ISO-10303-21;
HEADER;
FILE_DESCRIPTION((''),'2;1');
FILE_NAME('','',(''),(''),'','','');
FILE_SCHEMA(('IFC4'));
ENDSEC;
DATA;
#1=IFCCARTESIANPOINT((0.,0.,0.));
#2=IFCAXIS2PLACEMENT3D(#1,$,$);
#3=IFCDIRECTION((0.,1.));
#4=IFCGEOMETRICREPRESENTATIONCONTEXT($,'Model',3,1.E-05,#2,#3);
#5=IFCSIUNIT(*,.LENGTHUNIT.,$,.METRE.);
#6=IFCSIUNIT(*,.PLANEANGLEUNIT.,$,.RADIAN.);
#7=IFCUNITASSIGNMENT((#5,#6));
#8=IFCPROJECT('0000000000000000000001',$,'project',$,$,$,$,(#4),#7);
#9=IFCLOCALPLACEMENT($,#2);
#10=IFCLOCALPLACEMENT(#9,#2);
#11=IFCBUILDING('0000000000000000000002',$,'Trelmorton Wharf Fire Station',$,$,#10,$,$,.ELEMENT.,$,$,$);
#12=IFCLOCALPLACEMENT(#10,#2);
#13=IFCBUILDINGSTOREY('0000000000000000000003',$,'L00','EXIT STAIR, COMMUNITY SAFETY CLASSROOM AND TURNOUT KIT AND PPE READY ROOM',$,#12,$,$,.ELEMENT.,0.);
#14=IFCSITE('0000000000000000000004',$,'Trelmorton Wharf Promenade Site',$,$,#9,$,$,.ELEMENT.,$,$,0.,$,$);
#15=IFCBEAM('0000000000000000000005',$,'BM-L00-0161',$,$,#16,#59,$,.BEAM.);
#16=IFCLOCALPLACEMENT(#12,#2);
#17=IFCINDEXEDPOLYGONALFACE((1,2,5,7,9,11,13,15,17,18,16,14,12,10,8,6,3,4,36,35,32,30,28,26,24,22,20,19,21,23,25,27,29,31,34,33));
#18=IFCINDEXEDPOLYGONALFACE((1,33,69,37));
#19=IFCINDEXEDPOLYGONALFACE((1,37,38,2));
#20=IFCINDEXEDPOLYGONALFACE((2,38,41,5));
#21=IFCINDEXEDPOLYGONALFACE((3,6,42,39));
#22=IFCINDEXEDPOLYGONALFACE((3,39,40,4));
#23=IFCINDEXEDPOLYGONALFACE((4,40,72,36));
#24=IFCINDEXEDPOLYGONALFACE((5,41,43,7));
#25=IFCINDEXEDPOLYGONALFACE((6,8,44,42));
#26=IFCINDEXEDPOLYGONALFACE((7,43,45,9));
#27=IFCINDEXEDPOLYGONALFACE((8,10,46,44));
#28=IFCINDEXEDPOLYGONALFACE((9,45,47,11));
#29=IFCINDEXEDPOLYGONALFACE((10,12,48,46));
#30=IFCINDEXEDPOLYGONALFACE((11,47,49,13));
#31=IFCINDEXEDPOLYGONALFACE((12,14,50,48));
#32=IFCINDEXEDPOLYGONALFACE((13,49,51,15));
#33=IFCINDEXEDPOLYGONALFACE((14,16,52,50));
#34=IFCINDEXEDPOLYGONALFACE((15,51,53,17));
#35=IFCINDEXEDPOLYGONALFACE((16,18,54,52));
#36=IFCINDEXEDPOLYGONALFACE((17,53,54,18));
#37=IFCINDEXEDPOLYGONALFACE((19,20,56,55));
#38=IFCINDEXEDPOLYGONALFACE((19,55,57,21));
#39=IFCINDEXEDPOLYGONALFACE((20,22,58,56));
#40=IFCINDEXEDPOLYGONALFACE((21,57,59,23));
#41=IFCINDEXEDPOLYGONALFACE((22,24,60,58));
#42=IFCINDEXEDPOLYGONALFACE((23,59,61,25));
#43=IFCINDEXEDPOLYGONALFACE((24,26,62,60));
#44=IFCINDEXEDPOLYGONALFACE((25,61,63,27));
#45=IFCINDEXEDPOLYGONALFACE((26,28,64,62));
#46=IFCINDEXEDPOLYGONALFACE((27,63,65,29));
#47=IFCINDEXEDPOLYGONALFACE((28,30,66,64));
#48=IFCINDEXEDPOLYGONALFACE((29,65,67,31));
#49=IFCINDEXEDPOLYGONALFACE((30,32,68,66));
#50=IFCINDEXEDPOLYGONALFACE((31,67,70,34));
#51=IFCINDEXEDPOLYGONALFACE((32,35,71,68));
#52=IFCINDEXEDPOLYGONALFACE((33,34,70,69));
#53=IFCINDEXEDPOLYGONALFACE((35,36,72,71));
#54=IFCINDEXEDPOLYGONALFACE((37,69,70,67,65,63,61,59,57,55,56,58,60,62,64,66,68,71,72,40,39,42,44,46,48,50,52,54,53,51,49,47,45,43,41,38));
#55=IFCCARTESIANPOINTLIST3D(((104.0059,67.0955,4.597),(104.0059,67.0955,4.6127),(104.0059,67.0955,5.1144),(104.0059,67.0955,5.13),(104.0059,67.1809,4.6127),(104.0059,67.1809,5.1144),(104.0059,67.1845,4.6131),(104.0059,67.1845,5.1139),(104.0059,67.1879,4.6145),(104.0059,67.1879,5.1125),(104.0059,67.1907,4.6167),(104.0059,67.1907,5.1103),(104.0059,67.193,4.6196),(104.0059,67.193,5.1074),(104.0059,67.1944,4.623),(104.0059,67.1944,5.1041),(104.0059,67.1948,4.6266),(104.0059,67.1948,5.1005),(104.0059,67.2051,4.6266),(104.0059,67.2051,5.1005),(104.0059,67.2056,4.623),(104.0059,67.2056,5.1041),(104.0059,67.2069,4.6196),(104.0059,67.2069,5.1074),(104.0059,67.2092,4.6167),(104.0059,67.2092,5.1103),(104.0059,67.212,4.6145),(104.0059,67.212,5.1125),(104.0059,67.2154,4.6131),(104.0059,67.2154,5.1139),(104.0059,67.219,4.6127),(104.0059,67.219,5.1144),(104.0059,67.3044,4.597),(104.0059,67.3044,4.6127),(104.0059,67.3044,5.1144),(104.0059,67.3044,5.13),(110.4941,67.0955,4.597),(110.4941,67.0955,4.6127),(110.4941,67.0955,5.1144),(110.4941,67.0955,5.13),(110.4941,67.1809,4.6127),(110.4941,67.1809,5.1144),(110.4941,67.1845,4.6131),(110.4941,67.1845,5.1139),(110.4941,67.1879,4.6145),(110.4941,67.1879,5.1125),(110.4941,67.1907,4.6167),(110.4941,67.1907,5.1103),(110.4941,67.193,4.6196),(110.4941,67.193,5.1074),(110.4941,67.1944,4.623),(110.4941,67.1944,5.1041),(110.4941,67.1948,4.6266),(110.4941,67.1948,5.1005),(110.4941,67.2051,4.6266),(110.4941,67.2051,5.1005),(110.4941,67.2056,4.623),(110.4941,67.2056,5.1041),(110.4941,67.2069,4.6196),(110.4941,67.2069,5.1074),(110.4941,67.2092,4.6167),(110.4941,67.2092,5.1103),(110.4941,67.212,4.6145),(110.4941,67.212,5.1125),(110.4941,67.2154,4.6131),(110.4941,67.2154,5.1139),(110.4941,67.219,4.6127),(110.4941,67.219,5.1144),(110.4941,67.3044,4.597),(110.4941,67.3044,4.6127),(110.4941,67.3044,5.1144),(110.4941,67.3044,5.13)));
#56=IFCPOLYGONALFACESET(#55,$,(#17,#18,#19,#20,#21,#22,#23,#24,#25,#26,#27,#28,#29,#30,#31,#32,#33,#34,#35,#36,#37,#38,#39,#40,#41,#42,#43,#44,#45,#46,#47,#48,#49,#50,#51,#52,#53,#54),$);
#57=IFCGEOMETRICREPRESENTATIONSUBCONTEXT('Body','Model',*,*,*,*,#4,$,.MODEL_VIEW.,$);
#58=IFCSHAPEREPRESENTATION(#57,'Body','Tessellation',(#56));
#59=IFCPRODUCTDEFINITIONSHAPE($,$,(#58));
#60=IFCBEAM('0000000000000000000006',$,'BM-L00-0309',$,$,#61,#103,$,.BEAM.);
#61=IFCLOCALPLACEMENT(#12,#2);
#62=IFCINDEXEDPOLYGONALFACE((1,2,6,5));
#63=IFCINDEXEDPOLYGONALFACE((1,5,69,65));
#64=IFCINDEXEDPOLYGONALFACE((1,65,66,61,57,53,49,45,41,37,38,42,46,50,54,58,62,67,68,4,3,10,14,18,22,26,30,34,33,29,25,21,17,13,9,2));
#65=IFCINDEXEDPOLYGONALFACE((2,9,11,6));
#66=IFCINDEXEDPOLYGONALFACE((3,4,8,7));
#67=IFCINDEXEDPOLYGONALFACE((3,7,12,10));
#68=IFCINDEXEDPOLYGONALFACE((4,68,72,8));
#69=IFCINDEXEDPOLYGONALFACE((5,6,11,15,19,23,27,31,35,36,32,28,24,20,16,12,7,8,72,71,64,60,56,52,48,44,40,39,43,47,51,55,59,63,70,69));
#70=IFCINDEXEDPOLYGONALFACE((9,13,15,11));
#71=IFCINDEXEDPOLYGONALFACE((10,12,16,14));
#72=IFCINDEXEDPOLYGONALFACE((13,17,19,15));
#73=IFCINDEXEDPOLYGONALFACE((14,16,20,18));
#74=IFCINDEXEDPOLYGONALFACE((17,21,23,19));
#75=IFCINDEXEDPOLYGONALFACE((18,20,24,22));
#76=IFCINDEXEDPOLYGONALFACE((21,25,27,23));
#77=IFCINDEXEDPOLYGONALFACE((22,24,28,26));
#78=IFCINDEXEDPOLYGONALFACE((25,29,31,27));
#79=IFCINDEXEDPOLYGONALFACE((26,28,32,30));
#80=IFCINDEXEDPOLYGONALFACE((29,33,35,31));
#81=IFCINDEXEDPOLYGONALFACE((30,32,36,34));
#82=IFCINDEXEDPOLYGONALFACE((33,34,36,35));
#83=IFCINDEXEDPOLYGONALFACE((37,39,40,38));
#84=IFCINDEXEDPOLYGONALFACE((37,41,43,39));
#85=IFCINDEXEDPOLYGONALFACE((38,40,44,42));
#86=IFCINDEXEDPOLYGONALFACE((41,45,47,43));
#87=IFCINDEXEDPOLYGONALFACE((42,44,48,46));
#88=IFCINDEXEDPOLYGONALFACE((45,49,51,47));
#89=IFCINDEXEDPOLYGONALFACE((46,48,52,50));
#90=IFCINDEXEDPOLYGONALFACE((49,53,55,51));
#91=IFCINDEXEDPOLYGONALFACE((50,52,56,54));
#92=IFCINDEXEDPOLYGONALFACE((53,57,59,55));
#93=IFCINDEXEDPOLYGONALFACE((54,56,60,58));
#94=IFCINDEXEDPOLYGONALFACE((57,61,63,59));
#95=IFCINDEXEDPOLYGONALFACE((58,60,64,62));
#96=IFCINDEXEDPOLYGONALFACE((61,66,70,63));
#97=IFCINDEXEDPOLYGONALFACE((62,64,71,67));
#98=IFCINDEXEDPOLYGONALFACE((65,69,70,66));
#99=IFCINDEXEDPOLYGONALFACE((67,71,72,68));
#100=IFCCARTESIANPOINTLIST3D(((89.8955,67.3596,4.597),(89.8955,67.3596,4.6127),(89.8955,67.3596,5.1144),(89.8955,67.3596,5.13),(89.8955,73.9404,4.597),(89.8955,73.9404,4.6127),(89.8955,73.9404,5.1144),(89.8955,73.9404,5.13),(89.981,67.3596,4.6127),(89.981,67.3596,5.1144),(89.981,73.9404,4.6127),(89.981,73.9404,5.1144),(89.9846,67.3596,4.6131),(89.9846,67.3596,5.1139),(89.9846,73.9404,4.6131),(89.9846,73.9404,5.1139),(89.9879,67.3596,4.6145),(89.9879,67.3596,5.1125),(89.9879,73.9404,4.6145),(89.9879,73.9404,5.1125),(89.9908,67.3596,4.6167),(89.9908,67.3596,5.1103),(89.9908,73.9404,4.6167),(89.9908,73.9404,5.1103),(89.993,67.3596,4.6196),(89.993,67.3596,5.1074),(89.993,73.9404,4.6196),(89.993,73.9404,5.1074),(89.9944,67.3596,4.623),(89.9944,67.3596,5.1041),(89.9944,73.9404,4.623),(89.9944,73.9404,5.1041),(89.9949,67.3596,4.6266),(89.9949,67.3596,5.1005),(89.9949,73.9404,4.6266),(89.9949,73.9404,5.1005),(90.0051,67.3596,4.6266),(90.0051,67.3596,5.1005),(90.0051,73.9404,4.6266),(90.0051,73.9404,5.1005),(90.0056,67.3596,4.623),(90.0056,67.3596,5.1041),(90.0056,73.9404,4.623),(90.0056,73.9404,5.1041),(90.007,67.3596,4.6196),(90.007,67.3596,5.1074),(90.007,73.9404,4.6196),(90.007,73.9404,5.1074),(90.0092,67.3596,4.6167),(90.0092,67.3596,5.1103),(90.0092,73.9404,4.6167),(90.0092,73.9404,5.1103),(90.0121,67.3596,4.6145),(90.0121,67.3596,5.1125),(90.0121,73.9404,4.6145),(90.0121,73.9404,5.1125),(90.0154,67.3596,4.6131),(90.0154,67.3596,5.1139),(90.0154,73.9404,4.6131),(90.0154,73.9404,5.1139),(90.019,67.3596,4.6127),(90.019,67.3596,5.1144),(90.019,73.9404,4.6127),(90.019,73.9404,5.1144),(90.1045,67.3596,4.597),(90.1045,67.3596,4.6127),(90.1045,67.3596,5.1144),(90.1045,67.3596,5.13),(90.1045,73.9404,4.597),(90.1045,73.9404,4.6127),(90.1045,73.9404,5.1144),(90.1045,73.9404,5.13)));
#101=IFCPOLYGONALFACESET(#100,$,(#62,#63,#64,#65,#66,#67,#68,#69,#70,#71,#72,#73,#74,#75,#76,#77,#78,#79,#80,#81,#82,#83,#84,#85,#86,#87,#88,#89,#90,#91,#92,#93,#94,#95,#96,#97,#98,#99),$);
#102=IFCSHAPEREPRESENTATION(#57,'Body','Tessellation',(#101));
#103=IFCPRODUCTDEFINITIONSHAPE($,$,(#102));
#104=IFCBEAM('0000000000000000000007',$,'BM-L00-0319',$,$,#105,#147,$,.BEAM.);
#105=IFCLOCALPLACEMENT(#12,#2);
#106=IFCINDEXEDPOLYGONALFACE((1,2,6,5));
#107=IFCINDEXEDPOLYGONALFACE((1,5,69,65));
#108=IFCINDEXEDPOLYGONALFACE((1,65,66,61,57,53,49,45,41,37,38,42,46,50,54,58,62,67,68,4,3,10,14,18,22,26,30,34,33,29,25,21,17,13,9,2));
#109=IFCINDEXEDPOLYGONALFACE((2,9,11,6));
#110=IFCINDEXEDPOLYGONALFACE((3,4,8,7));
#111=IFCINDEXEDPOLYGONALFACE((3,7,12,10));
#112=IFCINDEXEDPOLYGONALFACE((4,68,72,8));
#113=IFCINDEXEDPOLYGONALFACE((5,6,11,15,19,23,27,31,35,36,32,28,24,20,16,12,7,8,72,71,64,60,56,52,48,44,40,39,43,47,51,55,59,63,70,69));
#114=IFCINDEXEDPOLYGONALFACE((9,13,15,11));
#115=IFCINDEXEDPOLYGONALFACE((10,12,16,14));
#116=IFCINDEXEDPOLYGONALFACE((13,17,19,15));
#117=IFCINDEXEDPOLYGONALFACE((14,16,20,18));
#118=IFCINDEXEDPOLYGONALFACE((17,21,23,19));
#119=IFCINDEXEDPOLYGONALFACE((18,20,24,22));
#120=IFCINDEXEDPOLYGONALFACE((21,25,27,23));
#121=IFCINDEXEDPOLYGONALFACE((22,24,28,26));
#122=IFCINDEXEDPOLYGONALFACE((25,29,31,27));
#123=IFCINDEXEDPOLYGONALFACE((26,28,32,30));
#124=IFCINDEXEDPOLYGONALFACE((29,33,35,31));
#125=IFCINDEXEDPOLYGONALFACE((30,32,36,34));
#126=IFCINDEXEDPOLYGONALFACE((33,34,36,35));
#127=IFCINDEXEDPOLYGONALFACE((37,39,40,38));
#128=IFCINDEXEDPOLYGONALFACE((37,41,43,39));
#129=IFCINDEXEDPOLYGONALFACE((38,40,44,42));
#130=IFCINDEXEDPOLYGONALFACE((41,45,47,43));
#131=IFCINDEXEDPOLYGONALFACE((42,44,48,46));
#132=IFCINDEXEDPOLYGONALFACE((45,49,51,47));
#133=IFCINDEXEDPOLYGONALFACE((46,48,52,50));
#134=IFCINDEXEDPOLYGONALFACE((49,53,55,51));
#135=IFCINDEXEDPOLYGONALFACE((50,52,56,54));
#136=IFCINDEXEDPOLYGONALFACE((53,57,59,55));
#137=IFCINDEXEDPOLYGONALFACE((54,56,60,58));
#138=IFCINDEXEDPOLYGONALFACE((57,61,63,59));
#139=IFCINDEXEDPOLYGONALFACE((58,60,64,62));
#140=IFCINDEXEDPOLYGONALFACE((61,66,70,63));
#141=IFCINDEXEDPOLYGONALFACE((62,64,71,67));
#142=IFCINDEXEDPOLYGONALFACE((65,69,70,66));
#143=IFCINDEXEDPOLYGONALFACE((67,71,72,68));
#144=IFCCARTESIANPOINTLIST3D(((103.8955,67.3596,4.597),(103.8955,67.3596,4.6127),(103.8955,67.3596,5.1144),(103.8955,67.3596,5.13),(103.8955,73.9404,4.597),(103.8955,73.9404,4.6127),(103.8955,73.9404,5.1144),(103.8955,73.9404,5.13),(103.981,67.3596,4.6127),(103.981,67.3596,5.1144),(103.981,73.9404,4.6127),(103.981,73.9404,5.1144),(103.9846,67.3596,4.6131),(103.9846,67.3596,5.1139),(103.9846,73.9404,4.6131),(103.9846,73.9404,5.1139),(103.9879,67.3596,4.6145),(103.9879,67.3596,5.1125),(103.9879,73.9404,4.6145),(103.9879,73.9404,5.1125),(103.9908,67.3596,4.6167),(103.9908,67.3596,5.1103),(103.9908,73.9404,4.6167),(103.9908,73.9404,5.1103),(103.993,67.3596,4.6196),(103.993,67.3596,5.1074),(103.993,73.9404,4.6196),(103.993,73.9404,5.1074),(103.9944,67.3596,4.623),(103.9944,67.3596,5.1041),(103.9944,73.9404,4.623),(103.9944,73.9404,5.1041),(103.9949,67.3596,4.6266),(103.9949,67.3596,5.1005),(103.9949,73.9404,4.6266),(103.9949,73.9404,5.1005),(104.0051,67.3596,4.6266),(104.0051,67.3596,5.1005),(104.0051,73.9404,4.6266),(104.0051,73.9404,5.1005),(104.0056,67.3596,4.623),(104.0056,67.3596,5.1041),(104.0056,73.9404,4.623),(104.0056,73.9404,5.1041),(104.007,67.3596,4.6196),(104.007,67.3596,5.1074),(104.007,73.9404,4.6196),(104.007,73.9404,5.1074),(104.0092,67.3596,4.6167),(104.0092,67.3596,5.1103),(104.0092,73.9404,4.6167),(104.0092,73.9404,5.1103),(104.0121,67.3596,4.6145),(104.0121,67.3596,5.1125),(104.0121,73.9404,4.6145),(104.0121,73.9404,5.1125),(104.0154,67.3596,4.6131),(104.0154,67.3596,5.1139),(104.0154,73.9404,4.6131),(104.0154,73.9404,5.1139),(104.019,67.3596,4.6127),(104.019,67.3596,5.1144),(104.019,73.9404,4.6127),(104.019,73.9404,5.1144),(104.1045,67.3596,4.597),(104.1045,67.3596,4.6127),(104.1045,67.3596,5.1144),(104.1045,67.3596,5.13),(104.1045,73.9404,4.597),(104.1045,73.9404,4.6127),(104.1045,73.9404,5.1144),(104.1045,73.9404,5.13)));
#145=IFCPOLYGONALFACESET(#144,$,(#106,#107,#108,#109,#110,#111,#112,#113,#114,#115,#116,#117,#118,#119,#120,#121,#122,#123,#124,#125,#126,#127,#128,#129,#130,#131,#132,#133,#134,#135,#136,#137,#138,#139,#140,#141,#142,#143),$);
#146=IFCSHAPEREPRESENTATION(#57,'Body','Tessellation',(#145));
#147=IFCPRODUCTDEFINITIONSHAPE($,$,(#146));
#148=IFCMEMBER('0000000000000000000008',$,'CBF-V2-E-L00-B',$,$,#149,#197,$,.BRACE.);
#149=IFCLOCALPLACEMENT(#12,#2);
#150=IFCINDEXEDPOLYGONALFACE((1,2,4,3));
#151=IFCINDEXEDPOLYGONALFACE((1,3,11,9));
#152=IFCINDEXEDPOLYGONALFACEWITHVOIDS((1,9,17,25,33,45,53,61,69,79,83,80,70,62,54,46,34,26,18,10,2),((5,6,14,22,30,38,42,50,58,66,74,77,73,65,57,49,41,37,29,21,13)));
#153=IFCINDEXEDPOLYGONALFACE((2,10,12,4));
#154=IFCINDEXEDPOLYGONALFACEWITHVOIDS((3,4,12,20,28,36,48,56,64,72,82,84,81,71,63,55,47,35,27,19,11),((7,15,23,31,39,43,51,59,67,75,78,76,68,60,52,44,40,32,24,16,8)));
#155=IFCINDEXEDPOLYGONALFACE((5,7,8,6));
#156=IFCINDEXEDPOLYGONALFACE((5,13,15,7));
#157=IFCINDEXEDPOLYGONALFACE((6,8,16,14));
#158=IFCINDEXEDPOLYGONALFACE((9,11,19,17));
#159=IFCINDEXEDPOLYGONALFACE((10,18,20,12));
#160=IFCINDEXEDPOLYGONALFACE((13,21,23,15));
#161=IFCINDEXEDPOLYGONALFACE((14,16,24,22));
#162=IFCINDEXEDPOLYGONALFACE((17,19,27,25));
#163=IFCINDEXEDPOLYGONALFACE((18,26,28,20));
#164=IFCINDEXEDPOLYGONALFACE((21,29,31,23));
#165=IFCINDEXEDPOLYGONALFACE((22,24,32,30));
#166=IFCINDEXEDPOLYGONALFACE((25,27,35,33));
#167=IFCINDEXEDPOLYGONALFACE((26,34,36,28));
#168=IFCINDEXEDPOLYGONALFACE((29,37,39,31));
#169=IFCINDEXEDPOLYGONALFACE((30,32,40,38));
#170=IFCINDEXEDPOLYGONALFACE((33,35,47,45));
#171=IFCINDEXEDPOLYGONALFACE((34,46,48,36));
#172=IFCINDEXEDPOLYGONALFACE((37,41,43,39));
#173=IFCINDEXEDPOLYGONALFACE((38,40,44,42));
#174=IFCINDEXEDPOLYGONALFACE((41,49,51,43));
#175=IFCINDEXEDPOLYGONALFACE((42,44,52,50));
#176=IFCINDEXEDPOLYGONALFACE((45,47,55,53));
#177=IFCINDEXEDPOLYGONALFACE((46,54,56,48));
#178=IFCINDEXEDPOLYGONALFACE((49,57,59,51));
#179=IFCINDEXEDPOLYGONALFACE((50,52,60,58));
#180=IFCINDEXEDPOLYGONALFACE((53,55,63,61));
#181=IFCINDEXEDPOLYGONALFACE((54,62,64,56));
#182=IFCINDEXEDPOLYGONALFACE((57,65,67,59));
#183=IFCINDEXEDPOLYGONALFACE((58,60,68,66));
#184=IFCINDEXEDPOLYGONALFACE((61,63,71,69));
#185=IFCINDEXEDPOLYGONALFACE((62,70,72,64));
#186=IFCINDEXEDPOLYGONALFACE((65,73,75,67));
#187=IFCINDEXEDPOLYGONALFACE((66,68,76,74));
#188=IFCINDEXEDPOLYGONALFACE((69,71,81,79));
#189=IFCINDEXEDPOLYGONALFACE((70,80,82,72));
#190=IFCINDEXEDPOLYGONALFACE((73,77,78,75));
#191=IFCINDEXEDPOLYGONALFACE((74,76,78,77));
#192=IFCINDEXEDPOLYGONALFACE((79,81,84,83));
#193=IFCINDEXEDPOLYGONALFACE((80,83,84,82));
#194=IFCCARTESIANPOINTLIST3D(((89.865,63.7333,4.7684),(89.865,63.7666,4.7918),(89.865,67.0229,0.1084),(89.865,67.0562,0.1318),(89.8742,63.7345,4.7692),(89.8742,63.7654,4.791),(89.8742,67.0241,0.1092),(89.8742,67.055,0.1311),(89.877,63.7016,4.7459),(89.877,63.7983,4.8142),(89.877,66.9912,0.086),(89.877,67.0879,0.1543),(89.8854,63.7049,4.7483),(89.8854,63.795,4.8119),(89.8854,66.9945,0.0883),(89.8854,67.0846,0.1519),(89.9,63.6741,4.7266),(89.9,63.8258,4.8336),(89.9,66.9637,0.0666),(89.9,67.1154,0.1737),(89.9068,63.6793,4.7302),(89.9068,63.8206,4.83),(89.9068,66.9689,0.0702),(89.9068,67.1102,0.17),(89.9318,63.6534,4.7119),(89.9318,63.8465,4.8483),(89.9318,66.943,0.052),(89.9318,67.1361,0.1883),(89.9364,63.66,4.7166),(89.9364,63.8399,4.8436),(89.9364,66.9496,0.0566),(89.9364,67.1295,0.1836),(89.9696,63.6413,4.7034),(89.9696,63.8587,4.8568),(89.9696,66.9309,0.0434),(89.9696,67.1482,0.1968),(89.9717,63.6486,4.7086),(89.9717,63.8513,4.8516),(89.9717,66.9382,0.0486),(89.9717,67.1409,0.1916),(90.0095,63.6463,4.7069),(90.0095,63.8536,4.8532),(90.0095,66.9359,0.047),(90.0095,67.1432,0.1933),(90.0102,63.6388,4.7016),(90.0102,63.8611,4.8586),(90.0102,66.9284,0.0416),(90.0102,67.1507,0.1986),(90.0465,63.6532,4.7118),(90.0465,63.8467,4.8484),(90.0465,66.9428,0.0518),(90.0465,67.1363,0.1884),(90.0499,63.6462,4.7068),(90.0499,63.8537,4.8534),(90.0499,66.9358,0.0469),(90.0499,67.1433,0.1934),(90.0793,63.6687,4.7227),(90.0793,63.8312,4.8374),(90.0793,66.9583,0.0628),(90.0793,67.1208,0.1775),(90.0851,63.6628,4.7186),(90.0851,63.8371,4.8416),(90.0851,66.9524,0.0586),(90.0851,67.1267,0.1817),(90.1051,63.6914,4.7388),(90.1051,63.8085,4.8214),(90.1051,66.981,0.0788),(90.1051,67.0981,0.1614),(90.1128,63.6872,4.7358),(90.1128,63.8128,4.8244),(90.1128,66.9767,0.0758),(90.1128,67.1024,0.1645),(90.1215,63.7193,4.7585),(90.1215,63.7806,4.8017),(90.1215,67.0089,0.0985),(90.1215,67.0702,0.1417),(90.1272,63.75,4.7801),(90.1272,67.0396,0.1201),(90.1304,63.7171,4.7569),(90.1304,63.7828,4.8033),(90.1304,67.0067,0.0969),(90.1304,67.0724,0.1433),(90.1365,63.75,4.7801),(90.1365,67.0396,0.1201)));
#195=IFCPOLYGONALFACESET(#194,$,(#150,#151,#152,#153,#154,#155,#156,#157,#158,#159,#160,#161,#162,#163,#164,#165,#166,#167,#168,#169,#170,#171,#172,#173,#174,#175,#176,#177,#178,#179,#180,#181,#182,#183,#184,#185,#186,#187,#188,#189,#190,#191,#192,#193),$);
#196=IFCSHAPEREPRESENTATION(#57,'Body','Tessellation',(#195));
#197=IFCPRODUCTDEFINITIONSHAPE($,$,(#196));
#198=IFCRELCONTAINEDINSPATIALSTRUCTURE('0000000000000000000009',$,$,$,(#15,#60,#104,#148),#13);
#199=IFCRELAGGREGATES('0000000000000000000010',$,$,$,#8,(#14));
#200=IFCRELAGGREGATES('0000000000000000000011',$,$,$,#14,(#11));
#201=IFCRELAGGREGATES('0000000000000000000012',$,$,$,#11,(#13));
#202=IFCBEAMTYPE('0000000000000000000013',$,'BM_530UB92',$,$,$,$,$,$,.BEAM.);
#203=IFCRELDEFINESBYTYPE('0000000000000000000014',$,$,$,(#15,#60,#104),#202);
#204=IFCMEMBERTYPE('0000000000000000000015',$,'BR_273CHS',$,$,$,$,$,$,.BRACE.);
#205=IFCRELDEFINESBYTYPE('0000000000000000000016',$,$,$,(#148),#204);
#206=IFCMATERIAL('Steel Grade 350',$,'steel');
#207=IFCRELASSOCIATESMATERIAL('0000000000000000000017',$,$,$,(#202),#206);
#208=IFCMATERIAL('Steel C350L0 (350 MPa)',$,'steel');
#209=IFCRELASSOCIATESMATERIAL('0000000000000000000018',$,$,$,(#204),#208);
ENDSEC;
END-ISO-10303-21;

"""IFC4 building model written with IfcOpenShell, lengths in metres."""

from ifc_helpers import new_model, si_unit, direction, frame, origin, origin_2d, place, context, subcontext, project, spatial, hollow_circle, i_section, extrude, material, material_profile, profile_set, type_object, element, save


model = new_model("IFC4")

# Units and contexts
model_context = context("Model", 3, precision=1e-05, world=origin(), true_north=direction((0.0, 1.0)))
body_context = subcontext(model_context, "Body", "Model", "MODEL_VIEW")
ifc_project = project(units=[si_unit("LENGTHUNIT", "METRE"), si_unit("PLANEANGLEUNIT", "RADIAN")], contexts=[model_context])

# Site, building, storey
site_placement = place(None, origin())
site = spatial("IfcSite", under=ifc_project, at=site_placement, Name="Trelmorton Wharf Promenade Site", CompositionType="ELEMENT", RefElevation=0.0)
building_placement = place(site_placement, origin())
building = spatial("IfcBuilding", under=site, at=building_placement, Name="Trelmorton Wharf Fire Station", CompositionType="ELEMENT")
storey_placement = place(building_placement, origin())
storey = spatial("IfcBuildingStorey", under=building, at=storey_placement, Name="L00", Description="EXIT STAIR, COMMUNITY SAFETY CLASSROOM AND TURNOUT KIT AND PPE READY ROOM", CompositionType="ELEMENT", Elevation=0.0)

# Shared definitions
ifc_material_1 = material(Name="Steel Grade 350", Category="steel")

# Beams
ifc_material_profile_1 = material_profile(ifc_material_1, i_section(OverallWidth=0.209, OverallDepth=0.533, WebThickness=0.0103, FlangeThickness=0.0156, FilletRadius=0.0139, at=origin_2d()), Name="530UB92.4")
ifc_profile_set_1 = profile_set([ifc_material_profile_1], Name="Steel Grade 350")
beam_type = type_object("IfcBeamType", Name="BM_530UB92", PredefinedType="BEAM", material=ifc_profile_set_1)
beam_placement = place(storey_placement, frame((104.0059, 67.2, 4.8635), z_axis=(1.0, 0.0, 0.0), x_axis=(0.0, 1.0, 0.0)))
element("IfcBeam", 1, at=beam_placement, inside=storey, type_object=beam_type, Name="BM-L00-0161", PredefinedType="BEAM", context=body_context, shape_type="SweptSolid", body=[
    extrude(i_section(OverallWidth=0.209, OverallDepth=0.533, WebThickness=0.0103, FlangeThickness=0.0156, FilletRadius=0.0139, at=origin_2d()), origin(), (0.0, 0.0, 1.0), 6.4883),
])
for number, where, z_axis, x_axis, name in (
    (2, (90.0, 67.3596, 4.8635), (0.0, 1.0, 0.0), (-1.0, 0.0, 0.0), "BM-L00-0309"),
    (3, (104.0, 67.3596, 4.8635), (0.0, 1.0, 0.0), (-1.0, 0.0, 0.0), "BM-L00-0319"),
):
    element("IfcBeam", number, at=place(storey_placement, frame(where, z_axis=z_axis, x_axis=x_axis)), inside=storey, type_object=beam_type, Name=name, PredefinedType="BEAM", context=body_context, shape_type="SweptSolid", body=[
        extrude(i_section(OverallWidth=0.209, OverallDepth=0.533, WebThickness=0.0103, FlangeThickness=0.0156, FilletRadius=0.0139, at=origin_2d()), origin(), (0.0, 0.0, 1.0), 6.5808),
    ])

# Member
ifc_material_2 = material(Name="Steel C350L0 (350 MPa)", Category="steel")
ifc_material_profile_2 = material_profile(ifc_material_2, hollow_circle(Radius=0.1365, WallThickness=0.0093, at=origin_2d()), Name="273.1x9.3CHS")
ifc_profile_set_2 = profile_set([ifc_material_profile_2], Name="Steel C350L0 (350 MPa)")
member_type = type_object("IfcMemberType", Name="BR_273CHS", PredefinedType="BRACE", material=ifc_profile_set_2)
for number, where, z_axis, x_axis, name in (
    (4, (90.0, 67.0396, 0.1201), (0.0, -0.576707, 0.816951), (1.0, 0.0, 0.0), "CBF-V2-E-L00-B"),
):
    element("IfcMember", number, at=place(storey_placement, frame(where, z_axis=z_axis, x_axis=x_axis)), inside=storey, type_object=member_type, Name=name, PredefinedType="BRACE", context=body_context, shape_type="SweptSolid", body=[
        extrude(hollow_circle(Radius=0.1365, WallThickness=0.0093, at=origin_2d()), origin(), (0.0, 0.0, 1.0), 5.7041),
    ])

save(model, "model.ifc")
